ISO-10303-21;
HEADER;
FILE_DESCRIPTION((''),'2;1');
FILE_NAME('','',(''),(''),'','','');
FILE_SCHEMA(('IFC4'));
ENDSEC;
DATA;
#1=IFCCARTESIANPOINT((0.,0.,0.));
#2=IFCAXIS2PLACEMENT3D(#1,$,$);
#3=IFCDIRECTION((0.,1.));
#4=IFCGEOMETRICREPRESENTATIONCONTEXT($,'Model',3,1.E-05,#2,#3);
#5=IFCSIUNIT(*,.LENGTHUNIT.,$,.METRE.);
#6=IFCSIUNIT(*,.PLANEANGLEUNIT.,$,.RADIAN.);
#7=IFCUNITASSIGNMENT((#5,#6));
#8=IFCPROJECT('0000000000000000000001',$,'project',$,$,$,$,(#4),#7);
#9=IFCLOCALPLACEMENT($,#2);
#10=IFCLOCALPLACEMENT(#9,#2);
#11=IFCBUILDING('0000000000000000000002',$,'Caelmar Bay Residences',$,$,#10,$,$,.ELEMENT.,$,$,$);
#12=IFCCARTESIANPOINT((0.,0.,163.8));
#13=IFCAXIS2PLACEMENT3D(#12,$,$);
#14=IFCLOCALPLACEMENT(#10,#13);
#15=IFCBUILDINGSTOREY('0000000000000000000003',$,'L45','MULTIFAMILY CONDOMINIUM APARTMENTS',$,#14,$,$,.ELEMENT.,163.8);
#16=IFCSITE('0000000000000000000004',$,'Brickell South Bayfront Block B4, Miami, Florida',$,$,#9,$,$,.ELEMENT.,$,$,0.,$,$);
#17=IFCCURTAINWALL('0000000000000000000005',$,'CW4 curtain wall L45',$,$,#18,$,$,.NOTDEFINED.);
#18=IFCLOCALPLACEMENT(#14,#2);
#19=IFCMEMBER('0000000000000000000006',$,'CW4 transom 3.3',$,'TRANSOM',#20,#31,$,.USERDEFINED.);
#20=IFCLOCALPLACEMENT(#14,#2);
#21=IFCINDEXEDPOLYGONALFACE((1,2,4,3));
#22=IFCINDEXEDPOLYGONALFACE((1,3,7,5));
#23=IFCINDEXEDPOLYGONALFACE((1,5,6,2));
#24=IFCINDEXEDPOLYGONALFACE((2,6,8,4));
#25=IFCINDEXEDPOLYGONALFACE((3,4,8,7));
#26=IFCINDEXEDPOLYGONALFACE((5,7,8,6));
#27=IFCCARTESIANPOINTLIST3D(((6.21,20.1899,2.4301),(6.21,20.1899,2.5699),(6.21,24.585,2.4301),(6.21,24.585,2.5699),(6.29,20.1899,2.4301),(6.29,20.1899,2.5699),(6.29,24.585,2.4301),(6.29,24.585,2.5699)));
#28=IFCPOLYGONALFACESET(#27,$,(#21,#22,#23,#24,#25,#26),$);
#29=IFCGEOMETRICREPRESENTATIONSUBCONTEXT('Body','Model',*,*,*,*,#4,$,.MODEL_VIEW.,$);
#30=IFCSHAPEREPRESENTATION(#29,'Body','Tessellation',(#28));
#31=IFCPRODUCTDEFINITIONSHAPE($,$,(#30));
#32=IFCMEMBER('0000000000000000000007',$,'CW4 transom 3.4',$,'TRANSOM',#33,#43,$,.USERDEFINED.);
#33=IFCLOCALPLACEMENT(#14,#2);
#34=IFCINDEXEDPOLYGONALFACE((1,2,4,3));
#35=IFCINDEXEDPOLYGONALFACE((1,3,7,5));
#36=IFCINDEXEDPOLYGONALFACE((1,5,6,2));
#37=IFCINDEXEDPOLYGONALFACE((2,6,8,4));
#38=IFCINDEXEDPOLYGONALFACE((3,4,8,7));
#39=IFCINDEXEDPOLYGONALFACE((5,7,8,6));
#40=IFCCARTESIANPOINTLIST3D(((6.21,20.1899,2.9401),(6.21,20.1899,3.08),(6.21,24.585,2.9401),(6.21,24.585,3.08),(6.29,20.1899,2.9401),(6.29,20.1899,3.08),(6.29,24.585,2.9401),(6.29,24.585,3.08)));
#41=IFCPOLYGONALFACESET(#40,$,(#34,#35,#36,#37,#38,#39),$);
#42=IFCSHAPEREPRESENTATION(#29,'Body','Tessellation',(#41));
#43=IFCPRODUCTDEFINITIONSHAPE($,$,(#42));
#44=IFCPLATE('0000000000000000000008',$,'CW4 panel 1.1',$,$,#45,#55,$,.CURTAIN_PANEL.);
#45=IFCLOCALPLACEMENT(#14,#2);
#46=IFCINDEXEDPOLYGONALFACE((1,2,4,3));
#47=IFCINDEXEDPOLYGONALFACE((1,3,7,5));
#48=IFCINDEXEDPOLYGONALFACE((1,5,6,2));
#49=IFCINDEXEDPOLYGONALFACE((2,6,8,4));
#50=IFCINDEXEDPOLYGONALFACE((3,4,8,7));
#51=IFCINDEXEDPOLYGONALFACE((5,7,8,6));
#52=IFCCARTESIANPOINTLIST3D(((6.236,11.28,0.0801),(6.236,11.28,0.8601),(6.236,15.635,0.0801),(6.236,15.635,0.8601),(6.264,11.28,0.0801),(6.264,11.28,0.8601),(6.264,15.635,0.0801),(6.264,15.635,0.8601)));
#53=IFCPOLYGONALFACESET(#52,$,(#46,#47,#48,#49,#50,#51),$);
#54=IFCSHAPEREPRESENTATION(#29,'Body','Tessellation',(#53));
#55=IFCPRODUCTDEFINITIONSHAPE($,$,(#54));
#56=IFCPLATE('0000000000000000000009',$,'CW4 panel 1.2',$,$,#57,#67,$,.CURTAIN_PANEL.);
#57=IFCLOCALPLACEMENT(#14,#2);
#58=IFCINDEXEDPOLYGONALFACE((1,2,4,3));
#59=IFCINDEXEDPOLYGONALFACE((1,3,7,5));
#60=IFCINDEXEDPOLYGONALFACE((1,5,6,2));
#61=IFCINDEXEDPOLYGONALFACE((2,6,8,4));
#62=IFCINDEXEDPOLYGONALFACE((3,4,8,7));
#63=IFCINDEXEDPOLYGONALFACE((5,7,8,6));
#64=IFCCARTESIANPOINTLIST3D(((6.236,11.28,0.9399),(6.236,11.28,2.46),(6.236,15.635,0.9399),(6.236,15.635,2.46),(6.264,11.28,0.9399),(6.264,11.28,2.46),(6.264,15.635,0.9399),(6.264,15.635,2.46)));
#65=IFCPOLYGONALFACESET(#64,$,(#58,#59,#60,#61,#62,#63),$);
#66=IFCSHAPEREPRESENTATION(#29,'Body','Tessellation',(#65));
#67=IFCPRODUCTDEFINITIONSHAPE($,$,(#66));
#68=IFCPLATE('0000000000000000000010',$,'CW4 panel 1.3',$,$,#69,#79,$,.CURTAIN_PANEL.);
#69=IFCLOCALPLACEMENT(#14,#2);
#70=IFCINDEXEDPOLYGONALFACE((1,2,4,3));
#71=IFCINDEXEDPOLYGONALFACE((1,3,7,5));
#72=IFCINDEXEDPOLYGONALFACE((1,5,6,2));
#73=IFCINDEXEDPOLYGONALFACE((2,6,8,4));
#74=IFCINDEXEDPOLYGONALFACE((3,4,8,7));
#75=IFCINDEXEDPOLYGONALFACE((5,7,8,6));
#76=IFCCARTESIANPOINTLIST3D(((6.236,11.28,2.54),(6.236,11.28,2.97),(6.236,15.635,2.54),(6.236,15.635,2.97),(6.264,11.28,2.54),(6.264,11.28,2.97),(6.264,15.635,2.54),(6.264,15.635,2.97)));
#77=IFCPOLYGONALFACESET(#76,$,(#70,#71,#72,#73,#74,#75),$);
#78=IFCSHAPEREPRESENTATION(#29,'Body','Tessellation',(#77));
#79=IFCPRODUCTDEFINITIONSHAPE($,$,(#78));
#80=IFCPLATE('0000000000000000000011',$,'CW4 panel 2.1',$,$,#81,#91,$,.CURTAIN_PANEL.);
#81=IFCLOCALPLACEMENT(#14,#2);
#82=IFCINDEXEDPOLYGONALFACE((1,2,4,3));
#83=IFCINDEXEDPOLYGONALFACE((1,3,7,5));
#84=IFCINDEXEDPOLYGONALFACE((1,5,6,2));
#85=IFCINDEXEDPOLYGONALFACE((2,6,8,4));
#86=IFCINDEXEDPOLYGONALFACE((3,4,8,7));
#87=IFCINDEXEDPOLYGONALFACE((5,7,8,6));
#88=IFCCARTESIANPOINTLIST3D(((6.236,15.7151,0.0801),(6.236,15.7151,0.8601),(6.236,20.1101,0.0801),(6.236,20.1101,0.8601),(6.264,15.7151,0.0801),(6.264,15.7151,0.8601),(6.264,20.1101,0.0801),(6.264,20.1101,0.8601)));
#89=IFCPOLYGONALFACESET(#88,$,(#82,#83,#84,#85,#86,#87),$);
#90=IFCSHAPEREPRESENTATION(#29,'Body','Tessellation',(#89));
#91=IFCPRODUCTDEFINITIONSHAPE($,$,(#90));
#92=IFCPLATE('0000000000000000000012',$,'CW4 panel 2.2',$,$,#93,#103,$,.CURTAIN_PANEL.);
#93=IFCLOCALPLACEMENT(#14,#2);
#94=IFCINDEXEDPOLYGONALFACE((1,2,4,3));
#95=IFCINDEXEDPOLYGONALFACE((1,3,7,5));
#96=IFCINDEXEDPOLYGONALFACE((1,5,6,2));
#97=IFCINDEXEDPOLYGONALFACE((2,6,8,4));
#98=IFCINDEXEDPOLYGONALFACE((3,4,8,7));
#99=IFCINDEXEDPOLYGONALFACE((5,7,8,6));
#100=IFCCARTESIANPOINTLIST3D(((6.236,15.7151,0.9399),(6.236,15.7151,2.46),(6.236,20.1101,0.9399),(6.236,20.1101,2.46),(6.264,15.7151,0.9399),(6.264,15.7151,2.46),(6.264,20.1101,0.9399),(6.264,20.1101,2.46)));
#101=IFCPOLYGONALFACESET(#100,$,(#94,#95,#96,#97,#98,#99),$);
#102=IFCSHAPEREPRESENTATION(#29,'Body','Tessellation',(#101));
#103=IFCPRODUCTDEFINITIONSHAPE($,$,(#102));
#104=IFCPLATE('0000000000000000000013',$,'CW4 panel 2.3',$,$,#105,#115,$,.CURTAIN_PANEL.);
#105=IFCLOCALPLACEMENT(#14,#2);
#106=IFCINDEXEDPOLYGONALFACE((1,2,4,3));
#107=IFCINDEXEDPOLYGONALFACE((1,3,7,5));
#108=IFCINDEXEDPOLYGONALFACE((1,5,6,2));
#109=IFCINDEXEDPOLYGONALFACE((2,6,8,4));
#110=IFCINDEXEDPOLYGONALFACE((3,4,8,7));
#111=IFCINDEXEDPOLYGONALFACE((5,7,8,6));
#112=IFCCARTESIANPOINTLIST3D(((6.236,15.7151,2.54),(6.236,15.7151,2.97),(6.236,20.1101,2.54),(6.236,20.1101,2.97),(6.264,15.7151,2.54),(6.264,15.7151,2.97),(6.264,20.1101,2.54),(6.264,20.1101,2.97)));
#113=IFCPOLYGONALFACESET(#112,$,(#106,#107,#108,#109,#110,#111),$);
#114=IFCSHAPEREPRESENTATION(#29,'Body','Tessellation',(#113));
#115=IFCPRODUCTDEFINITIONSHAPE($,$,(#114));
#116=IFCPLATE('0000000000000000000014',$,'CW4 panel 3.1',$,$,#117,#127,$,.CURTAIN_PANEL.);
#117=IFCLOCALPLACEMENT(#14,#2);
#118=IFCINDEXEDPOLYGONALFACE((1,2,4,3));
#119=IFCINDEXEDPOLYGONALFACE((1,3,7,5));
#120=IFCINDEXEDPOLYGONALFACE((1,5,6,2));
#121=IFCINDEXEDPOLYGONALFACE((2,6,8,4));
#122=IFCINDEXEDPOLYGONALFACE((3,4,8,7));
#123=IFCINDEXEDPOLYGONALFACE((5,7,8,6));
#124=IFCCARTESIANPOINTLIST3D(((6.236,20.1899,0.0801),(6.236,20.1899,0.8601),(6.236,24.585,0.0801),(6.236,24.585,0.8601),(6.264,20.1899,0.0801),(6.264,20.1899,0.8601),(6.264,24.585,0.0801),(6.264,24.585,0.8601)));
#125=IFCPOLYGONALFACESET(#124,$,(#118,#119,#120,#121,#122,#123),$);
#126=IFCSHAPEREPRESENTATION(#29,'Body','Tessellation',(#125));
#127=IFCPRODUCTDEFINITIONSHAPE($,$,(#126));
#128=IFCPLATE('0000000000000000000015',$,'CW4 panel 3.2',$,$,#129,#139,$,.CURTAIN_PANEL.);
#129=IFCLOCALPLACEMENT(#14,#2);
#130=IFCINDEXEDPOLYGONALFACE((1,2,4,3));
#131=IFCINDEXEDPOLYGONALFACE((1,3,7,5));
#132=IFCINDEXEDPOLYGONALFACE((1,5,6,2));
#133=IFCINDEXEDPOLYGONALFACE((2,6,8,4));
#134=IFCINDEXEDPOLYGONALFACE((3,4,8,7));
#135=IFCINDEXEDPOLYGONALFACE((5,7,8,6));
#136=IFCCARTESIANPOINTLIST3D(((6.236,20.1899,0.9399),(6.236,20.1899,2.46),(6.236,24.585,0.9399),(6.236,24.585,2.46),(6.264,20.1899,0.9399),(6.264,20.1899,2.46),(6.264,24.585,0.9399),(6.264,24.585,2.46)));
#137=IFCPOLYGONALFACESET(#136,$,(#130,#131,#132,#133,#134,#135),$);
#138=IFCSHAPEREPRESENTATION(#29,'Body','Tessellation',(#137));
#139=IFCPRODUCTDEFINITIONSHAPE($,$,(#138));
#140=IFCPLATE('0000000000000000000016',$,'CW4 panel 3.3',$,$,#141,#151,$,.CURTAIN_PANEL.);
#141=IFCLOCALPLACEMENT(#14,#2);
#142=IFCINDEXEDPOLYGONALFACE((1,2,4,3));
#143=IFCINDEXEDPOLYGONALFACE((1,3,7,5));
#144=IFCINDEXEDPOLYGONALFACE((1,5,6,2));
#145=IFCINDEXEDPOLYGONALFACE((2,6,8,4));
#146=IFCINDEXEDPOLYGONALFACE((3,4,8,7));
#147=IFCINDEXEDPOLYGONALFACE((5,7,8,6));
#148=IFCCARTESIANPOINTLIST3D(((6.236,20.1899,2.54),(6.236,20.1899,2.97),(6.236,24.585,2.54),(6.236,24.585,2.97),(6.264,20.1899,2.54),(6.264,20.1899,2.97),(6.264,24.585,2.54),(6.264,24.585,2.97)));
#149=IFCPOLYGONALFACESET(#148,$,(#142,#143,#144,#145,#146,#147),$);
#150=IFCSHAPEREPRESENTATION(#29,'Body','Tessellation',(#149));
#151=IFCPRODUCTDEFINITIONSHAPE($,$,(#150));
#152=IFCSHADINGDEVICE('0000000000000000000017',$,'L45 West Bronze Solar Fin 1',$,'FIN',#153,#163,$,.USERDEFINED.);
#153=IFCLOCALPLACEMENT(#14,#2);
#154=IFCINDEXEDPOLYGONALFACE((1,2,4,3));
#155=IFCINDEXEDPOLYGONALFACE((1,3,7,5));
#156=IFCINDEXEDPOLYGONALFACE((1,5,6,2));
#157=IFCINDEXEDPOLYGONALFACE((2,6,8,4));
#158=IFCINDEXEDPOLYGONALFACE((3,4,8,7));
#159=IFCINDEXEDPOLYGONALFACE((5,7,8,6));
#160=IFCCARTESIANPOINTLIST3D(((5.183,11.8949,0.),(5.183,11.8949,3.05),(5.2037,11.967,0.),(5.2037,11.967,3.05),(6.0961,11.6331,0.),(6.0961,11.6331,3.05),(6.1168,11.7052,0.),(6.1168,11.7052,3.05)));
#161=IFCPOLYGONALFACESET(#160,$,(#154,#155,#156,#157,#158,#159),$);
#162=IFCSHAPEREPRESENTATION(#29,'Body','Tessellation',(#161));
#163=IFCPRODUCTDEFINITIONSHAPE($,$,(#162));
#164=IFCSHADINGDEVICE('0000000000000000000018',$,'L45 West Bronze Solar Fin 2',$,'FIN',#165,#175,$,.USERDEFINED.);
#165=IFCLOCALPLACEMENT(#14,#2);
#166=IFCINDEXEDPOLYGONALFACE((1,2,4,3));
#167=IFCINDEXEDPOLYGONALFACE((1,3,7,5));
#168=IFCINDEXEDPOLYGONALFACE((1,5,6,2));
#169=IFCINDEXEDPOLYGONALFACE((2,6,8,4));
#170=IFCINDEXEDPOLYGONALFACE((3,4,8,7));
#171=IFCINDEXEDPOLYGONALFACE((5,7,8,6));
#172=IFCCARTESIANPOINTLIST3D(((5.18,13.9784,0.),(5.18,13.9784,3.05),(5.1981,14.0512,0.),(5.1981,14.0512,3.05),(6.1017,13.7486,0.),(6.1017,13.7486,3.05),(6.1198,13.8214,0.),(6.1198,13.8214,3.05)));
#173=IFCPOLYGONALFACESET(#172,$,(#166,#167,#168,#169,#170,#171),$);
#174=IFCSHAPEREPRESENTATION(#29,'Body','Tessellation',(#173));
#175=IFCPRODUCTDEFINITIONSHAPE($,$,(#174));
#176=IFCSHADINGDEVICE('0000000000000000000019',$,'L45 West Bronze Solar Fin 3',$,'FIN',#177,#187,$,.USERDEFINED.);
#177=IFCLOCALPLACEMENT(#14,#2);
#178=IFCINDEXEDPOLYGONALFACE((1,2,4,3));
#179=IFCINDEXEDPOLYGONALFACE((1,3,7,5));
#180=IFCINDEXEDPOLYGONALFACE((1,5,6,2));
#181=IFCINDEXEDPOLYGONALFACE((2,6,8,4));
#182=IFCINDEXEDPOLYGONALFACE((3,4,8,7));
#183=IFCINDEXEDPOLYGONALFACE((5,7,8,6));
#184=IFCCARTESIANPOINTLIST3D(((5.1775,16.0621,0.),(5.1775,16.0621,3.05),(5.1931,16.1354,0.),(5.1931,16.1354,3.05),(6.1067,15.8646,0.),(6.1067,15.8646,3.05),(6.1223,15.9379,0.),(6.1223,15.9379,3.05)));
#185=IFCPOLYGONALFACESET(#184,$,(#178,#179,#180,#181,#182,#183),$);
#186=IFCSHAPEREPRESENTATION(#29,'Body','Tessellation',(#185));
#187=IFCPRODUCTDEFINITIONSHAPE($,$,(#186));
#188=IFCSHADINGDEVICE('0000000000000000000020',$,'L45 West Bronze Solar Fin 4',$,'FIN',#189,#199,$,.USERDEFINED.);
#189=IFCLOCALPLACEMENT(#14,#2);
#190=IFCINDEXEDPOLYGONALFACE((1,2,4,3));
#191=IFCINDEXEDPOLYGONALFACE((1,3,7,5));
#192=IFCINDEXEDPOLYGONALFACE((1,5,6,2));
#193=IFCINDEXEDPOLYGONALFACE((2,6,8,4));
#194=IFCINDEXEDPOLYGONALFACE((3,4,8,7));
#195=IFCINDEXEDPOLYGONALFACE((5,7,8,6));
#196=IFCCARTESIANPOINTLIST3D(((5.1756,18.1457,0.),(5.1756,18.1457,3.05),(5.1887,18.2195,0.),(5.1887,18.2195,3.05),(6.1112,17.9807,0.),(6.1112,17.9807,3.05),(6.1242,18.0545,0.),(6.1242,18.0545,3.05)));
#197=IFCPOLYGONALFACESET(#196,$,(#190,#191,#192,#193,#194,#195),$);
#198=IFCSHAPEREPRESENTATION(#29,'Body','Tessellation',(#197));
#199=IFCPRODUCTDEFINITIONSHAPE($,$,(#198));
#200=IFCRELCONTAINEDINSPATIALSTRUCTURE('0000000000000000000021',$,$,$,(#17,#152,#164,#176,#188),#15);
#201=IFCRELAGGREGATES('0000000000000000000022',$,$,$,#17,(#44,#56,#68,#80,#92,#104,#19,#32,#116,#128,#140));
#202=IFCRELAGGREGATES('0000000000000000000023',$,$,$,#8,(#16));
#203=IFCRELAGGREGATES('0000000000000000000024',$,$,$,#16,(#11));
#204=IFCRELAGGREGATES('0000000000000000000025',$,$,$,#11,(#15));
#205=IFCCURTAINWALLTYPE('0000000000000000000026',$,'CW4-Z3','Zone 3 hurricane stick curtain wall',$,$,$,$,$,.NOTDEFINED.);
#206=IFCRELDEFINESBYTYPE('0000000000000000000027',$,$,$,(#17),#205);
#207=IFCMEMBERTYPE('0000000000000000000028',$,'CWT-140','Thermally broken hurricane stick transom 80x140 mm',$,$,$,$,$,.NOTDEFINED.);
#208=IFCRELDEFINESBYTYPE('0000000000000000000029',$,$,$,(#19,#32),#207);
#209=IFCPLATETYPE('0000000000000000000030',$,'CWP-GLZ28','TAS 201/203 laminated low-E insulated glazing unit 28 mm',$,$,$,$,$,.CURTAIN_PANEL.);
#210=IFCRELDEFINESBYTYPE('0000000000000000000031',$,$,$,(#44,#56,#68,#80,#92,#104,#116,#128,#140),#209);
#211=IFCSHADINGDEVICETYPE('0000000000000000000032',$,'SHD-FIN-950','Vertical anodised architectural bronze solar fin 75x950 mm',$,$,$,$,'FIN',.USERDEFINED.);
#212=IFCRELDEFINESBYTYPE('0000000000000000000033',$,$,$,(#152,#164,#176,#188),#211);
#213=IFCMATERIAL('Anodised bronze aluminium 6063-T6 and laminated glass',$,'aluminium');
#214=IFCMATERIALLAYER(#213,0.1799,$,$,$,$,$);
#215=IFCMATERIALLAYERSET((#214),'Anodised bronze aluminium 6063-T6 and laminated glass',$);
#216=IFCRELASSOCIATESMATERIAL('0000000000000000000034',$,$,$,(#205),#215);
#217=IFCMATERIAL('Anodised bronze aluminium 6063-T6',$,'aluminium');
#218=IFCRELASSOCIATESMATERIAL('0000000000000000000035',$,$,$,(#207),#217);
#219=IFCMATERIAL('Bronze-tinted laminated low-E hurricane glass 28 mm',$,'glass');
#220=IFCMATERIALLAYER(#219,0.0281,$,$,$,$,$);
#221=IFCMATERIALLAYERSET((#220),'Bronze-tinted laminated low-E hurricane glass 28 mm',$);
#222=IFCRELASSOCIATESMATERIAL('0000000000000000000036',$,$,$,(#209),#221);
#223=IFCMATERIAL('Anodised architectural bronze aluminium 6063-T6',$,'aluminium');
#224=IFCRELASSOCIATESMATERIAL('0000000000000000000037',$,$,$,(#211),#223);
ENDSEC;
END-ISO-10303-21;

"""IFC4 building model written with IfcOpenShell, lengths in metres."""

from ifc_helpers import new_model, si_unit, direction, frame, origin, origin_2d, place, context, subcontext, project, spatial, rectangle, extrude, material, layer, layer_set, material_profile, profile_set, type_object, element, aggregate, save


model = new_model("IFC4")

# Units and contexts
model_context = context("Model", 3, precision=1e-05, world=origin(), true_north=direction((0.0, 1.0)))
body_context = subcontext(model_context, "Body", "Model", "MODEL_VIEW")
ifc_project = project(units=[si_unit("LENGTHUNIT", "METRE"), si_unit("PLANEANGLEUNIT", "RADIAN")], contexts=[model_context])

# Site, building, storey
site_placement = place(None, origin())
site = spatial("IfcSite", under=ifc_project, at=site_placement, Name="Brickell South Bayfront Block B4, Miami, Florida", CompositionType="ELEMENT", RefElevation=0.0)
building_placement = place(site_placement, origin())
building = spatial("IfcBuilding", under=site, at=building_placement, Name="Caelmar Bay Residences", CompositionType="ELEMENT")
storey_placement = place(building_placement, frame((0.0, 0.0, 163.8)))
storey = spatial("IfcBuildingStorey", under=building, at=storey_placement, Name="L45", Description="MULTIFAMILY CONDOMINIUM APARTMENTS", CompositionType="ELEMENT", Elevation=163.8)

# Curtain wall, members, plates
ifc_material_1 = material(Name="Anodised bronze aluminium 6063-T6 and laminated glass", Category="aluminium")
ifc_layer_1 = layer(ifc_material_1, 0.1799)
ifc_layer_set_1 = layer_set([ifc_layer_1], Name="Anodised bronze aluminium 6063-T6 and laminated glass")
curtain_wall_type = type_object("IfcCurtainWallType", Name="CW4-Z3", Description="Zone 3 hurricane stick curtain wall", PredefinedType="NOTDEFINED", material=ifc_layer_set_1)
curtain_wall_placement = place(storey_placement, origin())
curtain_wall = element("IfcCurtainWall", 1, at=curtain_wall_placement, inside=storey, type_object=curtain_wall_type, Name="CW4 curtain wall L45", PredefinedType="NOTDEFINED")
ifc_material_2 = material(Name="Anodised bronze aluminium 6063-T6", Category="aluminium")
ifc_material_profile_1 = material_profile(ifc_material_2, rectangle(XDim=0.0801, YDim=0.1399, at=origin_2d()), Name="CWT-80X140")
ifc_profile_set_1 = profile_set([ifc_material_profile_1], Name="Anodised bronze aluminium 6063-T6")
member_type_1 = type_object("IfcMemberType", Name="CWT-140", Description="Thermally broken hurricane stick transom 80x140 mm", PredefinedType="NOTDEFINED", material=ifc_profile_set_1)
member_1_placement = place(storey_placement, frame((6.25, 20.1899, 2.5), z_axis=(0.0, 1.0, 0.0), x_axis=(-1.0, 0.0, 0.0)))
member_1 = element("IfcMember", 2, at=member_1_placement, type_object=member_type_1, Name="CW4 transom 3.3", ObjectType="TRANSOM", PredefinedType="USERDEFINED", context=body_context, shape_type="SweptSolid", body=[
    extrude(rectangle(XDim=0.0801, YDim=0.1399, at=origin_2d()), origin(), (0.0, 0.0, 1.0), 4.395),
])
member_2_placement = place(storey_placement, frame((6.25, 20.1899, 3.01), z_axis=(0.0, 1.0, 0.0), x_axis=(-1.0, 0.0, 0.0)))
member_2 = element("IfcMember", 3, at=member_2_placement, type_object=member_type_1, Name="CW4 transom 3.4", ObjectType="TRANSOM", PredefinedType="USERDEFINED", context=body_context, shape_type="SweptSolid", body=[
    extrude(rectangle(XDim=0.0801, YDim=0.1399, at=origin_2d()), origin(), (0.0, 0.0, 1.0), 4.395),
])
ifc_material_3 = material(Name="Bronze-tinted laminated low-E hurricane glass 28 mm", Category="glass")
ifc_layer_2 = layer(ifc_material_3, 0.0281)
ifc_layer_set_2 = layer_set([ifc_layer_2], Name="Bronze-tinted laminated low-E hurricane glass 28 mm")
plate_type = type_object("IfcPlateType", Name="CWP-GLZ28", Description="TAS 201/203 laminated low-E insulated glazing unit 28 mm", PredefinedType="CURTAIN_PANEL", material=ifc_layer_set_2)
plate_1_placement = place(storey_placement, frame((6.25, 13.4575, 0.0801), z_axis=(0.0, 0.0, 1.0), x_axis=(0.0, 1.0, 0.0)))
plate_1 = element("IfcPlate", 4, at=plate_1_placement, type_object=plate_type, Name="CW4 panel 1.1", PredefinedType="CURTAIN_PANEL", context=body_context, shape_type="SweptSolid", body=[
    extrude(rectangle(XDim=4.355, YDim=0.0281, at=origin_2d()), origin(), (0.0, 0.0, 1.0), 0.78),
])
plate_2_placement = place(storey_placement, frame((6.25, 13.4575, 0.9399), z_axis=(0.0, 0.0, 1.0), x_axis=(0.0, 1.0, 0.0)))
plate_2 = element("IfcPlate", 5, at=plate_2_placement, type_object=plate_type, Name="CW4 panel 1.2", PredefinedType="CURTAIN_PANEL", context=body_context, shape_type="SweptSolid", body=[
    extrude(rectangle(XDim=4.355, YDim=0.0281, at=origin_2d()), origin(), (0.0, 0.0, 1.0), 1.52),
])
plate_3_placement = place(storey_placement, frame((6.25, 13.4575, 2.54), z_axis=(0.0, 0.0, 1.0), x_axis=(0.0, 1.0, 0.0)))
plate_3 = element("IfcPlate", 6, at=plate_3_placement, type_object=plate_type, Name="CW4 panel 1.3", PredefinedType="CURTAIN_PANEL", context=body_context, shape_type="SweptSolid", body=[
    extrude(rectangle(XDim=4.355, YDim=0.0281, at=origin_2d()), origin(), (0.0, 0.0, 1.0), 0.4299),
])
plate_4_placement = place(storey_placement, frame((6.25, 17.9126, 0.0801), z_axis=(0.0, 0.0, 1.0), x_axis=(0.0, 1.0, 0.0)))
plate_4 = element("IfcPlate", 7, at=plate_4_placement, type_object=plate_type, Name="CW4 panel 2.1", PredefinedType="CURTAIN_PANEL", context=body_context, shape_type="SweptSolid", body=[
    extrude(rectangle(XDim=4.395, YDim=0.0281, at=origin_2d()), origin(), (0.0, 0.0, 1.0), 0.78),
])
plate_5_placement = place(storey_placement, frame((6.25, 17.9126, 0.9399), z_axis=(0.0, 0.0, 1.0), x_axis=(0.0, 1.0, 0.0)))
plate_5 = element("IfcPlate", 8, at=plate_5_placement, type_object=plate_type, Name="CW4 panel 2.2", PredefinedType="CURTAIN_PANEL", context=body_context, shape_type="SweptSolid", body=[
    extrude(rectangle(XDim=4.395, YDim=0.0281, at=origin_2d()), origin(), (0.0, 0.0, 1.0), 1.52),
])
plate_6_placement = place(storey_placement, frame((6.25, 17.9126, 2.54), z_axis=(0.0, 0.0, 1.0), x_axis=(0.0, 1.0, 0.0)))
plate_6 = element("IfcPlate", 9, at=plate_6_placement, type_object=plate_type, Name="CW4 panel 2.3", PredefinedType="CURTAIN_PANEL", context=body_context, shape_type="SweptSolid", body=[
    extrude(rectangle(XDim=4.395, YDim=0.0281, at=origin_2d()), origin(), (0.0, 0.0, 1.0), 0.4299),
])
plate_7_placement = place(storey_placement, frame((6.25, 22.3875, 0.0801), z_axis=(0.0, 0.0, 1.0), x_axis=(0.0, 1.0, 0.0)))
plate_7 = element("IfcPlate", 10, at=plate_7_placement, type_object=plate_type, Name="CW4 panel 3.1", PredefinedType="CURTAIN_PANEL", context=body_context, shape_type="SweptSolid", body=[
    extrude(rectangle(XDim=4.395, YDim=0.0281, at=origin_2d()), origin(), (0.0, 0.0, 1.0), 0.78),
])
plate_8_placement = place(storey_placement, frame((6.25, 22.3875, 0.9399), z_axis=(0.0, 0.0, 1.0), x_axis=(0.0, 1.0, 0.0)))
plate_8 = element("IfcPlate", 11, at=plate_8_placement, type_object=plate_type, Name="CW4 panel 3.2", PredefinedType="CURTAIN_PANEL", context=body_context, shape_type="SweptSolid", body=[
    extrude(rectangle(XDim=4.395, YDim=0.0281, at=origin_2d()), origin(), (0.0, 0.0, 1.0), 1.52),
])
plate_9_placement = place(storey_placement, frame((6.25, 22.3875, 2.54), z_axis=(0.0, 0.0, 1.0), x_axis=(0.0, 1.0, 0.0)))
plate_9 = element("IfcPlate", 12, at=plate_9_placement, type_object=plate_type, Name="CW4 panel 3.3", PredefinedType="CURTAIN_PANEL", context=body_context, shape_type="SweptSolid", body=[
    extrude(rectangle(XDim=4.395, YDim=0.0281, at=origin_2d()), origin(), (0.0, 0.0, 1.0), 0.4299),
])
aggregate(curtain_wall, [plate_1, plate_2, plate_3, plate_4, plate_5, plate_6, member_1, member_2, plate_7, plate_8, plate_9])

# Shading devices
ifc_material_4 = material(Name="Anodised architectural bronze aluminium 6063-T6", Category="aluminium")
ifc_material_profile_2 = material_profile(ifc_material_4, rectangle(XDim=0.075, YDim=0.95, at=origin_2d()), Name="BRONZE-FIN-75X950")
ifc_profile_set_2 = profile_set([ifc_material_profile_2], Name="Anodised architectural bronze aluminium 6063-T6")
shading_device_type = type_object("IfcShadingDeviceType", Name="SHD-FIN-950", Description="Vertical anodised architectural bronze solar fin 75x950 mm", ElementType="FIN", PredefinedType="USERDEFINED", material=ifc_profile_set_2)
for number, where, z_axis, x_axis, name in (
    (13, (5.6499, 11.8, 0.0), (0.0, 0.0, 1.0), (0.275637, 0.961262, 0.0), "L45 West Bronze Solar Fin 1"),
    (14, (5.6499, 13.8999, 0.0), (0.0, 0.0, 1.0), (0.241922, 0.970296, 0.0), "L45 West Bronze Solar Fin 2"),
    (15, (5.6499, 16.0, 0.0), (0.0, 0.0, 1.0), (0.207912, 0.978148, 0.0), "L45 West Bronze Solar Fin 3"),
    (16, (5.6499, 18.1001, 0.0), (0.0, 0.0, 1.0), (0.173648, 0.984808, 0.0), "L45 West Bronze Solar Fin 4"),
):
    element("IfcShadingDevice", number, at=place(storey_placement, frame(where, z_axis=z_axis, x_axis=x_axis)), inside=storey, type_object=shading_device_type, Name=name, ObjectType="FIN", PredefinedType="USERDEFINED", context=body_context, shape_type="SweptSolid", body=[
        extrude(rectangle(XDim=0.075, YDim=0.95, at=origin_2d()), origin(), (0.0, 0.0, 1.0), 3.05),
    ])

save(model, "model.ifc")
